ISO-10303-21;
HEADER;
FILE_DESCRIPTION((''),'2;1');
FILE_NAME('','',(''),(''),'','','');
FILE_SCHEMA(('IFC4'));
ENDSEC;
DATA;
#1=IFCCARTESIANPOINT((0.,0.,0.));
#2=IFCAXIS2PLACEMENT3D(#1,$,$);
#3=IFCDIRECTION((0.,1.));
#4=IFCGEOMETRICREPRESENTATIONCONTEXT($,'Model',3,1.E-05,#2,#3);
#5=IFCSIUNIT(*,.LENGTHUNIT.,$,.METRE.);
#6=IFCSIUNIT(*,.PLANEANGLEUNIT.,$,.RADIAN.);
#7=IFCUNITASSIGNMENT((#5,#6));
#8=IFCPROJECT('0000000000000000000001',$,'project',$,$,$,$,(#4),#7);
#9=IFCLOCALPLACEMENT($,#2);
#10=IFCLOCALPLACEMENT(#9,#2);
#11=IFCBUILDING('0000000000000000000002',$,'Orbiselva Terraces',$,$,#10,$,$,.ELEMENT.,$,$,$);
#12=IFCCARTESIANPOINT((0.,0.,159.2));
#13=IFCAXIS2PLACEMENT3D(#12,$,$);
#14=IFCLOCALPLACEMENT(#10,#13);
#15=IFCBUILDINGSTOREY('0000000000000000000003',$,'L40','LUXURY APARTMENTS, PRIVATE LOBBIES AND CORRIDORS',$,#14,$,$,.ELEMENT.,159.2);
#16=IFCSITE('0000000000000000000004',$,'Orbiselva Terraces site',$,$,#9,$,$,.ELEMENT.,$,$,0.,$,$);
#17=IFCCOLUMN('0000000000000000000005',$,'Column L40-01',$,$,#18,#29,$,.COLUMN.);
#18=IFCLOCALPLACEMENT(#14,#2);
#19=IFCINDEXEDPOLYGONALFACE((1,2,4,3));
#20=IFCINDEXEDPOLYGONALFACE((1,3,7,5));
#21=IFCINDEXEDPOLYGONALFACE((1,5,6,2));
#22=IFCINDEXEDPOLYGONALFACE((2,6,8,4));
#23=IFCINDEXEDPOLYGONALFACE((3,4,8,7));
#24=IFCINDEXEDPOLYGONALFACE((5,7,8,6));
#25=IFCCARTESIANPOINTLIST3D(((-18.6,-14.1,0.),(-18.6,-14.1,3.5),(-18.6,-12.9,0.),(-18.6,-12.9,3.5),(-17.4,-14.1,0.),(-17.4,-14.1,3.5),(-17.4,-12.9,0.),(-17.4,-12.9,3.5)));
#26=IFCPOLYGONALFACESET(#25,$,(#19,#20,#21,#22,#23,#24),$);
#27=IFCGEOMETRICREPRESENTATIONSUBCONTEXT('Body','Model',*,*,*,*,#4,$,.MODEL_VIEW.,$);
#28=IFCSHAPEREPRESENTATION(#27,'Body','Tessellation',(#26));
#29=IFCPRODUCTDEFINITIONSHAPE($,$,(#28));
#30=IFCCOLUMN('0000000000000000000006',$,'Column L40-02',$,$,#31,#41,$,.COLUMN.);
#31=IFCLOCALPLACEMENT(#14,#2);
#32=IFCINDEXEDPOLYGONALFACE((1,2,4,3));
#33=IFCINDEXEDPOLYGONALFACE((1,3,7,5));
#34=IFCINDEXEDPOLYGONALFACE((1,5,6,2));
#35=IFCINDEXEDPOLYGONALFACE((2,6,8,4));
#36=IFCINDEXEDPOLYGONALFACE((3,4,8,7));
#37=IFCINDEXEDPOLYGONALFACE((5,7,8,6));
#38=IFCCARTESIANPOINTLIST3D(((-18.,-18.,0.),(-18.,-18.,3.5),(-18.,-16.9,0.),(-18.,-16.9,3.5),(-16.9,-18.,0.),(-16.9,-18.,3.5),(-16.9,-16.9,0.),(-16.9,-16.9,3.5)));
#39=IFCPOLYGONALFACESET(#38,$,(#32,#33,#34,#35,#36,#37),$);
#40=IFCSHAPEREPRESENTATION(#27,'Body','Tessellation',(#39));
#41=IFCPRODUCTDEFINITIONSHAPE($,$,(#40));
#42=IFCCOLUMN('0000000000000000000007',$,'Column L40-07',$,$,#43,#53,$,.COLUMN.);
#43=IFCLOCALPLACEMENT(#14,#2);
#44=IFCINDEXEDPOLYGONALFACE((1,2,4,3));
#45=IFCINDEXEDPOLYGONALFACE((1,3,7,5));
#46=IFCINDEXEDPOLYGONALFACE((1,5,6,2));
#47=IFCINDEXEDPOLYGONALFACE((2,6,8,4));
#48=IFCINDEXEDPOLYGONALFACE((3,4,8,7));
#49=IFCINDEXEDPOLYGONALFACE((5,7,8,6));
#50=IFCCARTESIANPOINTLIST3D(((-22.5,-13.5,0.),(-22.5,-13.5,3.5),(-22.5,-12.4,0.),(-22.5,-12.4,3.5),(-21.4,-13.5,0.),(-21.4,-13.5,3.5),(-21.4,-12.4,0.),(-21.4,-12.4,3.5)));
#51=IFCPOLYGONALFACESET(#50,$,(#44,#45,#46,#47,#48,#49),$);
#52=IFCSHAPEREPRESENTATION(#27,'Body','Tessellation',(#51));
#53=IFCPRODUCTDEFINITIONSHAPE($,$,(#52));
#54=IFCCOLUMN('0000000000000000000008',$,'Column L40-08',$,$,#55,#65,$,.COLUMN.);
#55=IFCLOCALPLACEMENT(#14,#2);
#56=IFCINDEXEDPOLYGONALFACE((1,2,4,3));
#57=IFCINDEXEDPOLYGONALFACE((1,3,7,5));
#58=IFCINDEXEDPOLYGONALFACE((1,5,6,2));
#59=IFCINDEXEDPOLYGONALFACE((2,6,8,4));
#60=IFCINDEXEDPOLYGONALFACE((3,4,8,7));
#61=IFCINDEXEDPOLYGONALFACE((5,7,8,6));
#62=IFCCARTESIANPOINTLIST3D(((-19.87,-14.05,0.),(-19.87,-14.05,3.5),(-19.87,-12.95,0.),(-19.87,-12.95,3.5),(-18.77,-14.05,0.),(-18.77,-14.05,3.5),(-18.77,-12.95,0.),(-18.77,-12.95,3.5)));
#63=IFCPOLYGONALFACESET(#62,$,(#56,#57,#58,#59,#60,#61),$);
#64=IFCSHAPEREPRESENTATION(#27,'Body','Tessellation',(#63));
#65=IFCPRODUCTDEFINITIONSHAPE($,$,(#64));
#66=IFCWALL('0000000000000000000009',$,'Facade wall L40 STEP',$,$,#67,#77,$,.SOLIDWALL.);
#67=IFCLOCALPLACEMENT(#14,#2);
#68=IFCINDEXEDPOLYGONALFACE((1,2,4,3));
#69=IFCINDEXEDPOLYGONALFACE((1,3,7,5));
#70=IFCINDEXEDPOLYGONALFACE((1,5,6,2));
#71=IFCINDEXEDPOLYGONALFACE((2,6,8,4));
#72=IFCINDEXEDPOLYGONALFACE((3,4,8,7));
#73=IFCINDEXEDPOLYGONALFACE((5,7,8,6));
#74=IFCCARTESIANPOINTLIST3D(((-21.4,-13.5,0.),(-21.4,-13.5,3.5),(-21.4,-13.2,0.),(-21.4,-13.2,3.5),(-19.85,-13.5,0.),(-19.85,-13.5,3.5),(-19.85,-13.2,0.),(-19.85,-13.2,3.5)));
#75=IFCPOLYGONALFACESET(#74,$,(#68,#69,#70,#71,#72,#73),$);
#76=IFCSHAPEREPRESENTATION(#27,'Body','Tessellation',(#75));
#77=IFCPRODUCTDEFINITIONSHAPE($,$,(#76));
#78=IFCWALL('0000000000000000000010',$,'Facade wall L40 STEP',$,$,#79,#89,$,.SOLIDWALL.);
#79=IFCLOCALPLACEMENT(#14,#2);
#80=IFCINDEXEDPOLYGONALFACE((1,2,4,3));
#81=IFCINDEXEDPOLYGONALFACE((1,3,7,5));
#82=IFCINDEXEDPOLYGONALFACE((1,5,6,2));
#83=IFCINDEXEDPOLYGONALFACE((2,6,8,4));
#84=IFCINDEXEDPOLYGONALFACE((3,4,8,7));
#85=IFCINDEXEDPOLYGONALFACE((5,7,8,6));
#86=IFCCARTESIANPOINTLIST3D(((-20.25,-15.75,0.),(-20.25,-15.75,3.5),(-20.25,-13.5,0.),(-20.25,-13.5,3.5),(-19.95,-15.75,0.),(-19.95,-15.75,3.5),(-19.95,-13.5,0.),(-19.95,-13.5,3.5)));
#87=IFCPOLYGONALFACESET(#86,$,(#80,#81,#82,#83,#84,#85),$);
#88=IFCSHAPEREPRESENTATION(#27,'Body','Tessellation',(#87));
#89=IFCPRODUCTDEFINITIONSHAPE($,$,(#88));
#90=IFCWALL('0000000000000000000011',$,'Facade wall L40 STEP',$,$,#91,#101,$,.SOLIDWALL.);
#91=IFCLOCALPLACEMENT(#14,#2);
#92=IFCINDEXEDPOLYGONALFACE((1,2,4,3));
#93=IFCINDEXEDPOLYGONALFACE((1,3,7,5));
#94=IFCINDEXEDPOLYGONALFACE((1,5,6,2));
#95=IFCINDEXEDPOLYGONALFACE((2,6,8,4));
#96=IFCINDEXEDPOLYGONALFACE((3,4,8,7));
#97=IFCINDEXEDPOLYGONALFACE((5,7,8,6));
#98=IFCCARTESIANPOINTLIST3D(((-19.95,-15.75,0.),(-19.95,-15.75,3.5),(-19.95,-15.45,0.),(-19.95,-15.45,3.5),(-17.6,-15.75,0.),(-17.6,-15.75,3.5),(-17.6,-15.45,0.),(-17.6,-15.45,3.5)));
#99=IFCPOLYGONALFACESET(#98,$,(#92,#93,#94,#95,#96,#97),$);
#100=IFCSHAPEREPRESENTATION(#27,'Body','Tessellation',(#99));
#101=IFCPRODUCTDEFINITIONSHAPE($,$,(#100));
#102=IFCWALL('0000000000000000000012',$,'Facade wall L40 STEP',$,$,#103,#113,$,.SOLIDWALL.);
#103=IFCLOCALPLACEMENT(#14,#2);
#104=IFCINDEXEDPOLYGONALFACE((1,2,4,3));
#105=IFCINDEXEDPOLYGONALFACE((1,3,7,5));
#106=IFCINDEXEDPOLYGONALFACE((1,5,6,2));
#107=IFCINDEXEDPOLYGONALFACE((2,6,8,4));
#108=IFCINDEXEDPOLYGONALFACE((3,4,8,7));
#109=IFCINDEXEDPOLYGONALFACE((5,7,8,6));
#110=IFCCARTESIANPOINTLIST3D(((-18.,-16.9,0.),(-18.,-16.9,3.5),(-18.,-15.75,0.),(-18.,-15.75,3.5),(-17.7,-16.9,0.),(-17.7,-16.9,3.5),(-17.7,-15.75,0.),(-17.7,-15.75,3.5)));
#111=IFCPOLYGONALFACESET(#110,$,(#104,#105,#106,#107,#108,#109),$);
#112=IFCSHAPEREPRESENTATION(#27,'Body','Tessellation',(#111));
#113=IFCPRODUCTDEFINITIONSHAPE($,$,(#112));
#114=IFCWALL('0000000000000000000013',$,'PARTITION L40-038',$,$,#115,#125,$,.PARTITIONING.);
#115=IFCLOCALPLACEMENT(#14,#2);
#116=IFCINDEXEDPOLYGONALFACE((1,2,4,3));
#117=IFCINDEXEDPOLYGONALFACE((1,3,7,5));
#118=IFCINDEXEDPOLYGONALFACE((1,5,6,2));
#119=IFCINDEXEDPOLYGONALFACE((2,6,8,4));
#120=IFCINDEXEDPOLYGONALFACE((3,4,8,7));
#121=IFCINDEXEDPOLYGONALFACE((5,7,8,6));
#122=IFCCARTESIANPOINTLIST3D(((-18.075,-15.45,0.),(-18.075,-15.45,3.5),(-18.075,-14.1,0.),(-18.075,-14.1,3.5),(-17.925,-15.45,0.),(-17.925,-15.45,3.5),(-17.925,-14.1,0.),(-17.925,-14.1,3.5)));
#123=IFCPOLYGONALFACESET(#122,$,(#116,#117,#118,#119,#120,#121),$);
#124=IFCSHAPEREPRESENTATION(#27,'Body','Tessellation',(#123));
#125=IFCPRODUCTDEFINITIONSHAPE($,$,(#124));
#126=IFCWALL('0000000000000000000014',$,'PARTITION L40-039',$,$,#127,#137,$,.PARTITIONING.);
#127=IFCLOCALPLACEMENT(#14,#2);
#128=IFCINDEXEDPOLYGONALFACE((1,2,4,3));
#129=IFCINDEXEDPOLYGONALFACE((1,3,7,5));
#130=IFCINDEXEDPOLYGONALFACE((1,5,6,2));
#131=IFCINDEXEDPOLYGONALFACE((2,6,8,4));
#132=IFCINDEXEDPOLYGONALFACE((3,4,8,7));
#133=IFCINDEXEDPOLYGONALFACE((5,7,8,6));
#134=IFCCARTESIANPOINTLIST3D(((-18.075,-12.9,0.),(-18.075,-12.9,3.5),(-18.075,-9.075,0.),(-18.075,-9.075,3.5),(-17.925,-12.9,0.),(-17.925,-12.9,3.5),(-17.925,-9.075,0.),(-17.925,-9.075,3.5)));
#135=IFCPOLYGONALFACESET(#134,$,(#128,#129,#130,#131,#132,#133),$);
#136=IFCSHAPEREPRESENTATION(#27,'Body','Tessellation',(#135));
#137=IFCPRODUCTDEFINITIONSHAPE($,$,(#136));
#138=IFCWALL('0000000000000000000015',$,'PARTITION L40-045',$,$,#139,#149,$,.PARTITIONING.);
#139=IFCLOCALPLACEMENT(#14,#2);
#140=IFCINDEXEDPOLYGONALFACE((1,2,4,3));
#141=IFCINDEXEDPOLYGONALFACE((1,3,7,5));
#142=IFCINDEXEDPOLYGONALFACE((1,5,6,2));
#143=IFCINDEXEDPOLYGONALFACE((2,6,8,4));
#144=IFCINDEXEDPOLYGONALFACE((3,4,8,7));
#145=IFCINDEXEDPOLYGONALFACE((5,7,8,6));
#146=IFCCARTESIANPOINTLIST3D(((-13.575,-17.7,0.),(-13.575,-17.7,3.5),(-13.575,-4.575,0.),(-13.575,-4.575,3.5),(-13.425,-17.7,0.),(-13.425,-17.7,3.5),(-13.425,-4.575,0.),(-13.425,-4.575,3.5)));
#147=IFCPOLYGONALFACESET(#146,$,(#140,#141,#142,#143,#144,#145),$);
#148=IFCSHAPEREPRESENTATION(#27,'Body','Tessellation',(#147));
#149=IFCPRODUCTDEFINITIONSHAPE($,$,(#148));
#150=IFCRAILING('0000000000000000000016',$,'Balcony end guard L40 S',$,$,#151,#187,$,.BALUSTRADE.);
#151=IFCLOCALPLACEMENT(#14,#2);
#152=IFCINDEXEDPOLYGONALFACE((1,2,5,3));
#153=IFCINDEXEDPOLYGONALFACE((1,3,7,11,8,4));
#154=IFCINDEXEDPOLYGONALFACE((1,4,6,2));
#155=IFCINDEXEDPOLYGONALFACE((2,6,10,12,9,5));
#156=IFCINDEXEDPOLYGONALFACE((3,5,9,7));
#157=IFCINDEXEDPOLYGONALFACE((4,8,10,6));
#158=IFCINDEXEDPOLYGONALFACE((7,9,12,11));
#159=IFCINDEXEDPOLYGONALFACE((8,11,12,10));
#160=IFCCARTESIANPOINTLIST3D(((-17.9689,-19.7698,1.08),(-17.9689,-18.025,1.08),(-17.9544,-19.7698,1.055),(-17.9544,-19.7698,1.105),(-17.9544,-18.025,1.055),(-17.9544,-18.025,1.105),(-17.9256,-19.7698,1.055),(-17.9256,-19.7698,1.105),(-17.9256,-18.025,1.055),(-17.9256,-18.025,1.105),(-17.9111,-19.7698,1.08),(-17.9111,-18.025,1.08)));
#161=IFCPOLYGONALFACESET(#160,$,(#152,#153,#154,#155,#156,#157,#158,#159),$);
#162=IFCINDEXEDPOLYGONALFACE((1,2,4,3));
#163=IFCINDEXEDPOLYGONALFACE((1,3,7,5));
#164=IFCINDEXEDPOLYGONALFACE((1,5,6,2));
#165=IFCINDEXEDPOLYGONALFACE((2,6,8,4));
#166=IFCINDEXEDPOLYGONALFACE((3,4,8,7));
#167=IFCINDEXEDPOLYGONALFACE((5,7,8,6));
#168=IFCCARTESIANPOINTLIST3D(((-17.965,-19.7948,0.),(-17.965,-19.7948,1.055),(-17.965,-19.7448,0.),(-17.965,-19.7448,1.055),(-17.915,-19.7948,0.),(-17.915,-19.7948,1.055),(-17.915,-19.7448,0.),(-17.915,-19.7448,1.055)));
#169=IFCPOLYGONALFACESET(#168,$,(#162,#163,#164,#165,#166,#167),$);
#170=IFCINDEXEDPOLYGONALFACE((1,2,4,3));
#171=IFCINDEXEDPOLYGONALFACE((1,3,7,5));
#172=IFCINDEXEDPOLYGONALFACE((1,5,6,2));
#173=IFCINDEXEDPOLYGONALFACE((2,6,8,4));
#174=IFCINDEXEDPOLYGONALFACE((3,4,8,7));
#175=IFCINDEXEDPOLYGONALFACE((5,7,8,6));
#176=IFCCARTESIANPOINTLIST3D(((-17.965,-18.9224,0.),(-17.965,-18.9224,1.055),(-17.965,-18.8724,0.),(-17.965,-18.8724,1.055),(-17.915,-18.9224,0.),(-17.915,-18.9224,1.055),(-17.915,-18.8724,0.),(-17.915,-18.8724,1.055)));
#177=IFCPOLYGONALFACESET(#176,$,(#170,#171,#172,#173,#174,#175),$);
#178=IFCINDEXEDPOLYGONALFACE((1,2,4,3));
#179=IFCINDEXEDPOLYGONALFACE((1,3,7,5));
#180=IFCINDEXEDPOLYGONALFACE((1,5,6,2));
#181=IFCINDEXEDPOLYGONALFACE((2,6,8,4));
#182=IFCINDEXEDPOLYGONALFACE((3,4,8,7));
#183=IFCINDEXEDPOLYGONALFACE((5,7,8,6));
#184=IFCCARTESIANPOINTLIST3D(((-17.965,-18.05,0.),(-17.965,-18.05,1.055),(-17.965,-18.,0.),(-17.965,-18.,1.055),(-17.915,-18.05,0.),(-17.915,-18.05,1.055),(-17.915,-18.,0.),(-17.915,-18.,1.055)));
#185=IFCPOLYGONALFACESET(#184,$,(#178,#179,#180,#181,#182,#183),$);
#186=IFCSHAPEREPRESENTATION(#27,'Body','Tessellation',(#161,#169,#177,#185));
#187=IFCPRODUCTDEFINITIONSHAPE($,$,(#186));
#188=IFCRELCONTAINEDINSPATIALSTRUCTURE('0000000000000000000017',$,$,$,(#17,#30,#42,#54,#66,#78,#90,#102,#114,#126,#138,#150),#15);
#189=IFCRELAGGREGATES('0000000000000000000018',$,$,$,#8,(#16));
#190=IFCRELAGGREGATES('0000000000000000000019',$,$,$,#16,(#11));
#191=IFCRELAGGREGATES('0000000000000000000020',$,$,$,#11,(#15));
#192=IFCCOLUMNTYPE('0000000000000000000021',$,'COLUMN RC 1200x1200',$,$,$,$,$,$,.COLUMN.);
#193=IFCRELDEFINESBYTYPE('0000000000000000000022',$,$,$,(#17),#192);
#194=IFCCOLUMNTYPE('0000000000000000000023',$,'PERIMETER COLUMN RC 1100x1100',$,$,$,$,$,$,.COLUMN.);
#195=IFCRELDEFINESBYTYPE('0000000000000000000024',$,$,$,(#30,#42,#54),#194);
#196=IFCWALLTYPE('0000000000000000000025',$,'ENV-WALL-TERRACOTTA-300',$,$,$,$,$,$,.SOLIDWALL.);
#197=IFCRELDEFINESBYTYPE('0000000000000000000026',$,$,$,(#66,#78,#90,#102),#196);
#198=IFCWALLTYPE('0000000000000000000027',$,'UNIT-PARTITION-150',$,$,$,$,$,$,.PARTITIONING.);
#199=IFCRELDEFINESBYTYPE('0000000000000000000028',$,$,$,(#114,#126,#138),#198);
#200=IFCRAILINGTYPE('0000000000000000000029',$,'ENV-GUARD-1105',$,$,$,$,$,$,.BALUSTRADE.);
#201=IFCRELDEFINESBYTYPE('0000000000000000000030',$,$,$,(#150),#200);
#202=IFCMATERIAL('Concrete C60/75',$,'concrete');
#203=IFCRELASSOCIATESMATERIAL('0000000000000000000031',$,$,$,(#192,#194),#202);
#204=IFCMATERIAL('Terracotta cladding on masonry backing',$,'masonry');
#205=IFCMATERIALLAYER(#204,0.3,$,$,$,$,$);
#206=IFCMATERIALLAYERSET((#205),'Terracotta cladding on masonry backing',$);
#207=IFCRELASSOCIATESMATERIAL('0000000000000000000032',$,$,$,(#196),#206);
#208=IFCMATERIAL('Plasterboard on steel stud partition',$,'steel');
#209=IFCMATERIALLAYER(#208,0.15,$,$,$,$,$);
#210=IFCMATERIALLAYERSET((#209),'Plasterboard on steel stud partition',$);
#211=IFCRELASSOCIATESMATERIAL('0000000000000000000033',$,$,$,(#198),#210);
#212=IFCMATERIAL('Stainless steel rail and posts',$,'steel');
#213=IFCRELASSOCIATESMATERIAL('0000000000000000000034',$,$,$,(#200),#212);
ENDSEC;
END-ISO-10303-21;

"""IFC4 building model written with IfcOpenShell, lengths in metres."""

from ifc_helpers import new_model, si_unit, direction, frame, frame_2d, origin, origin_2d, place, context, subcontext, project, spatial, polyline, rectangle, outline, extrude, material, layer, layer_set, material_profile, profile_set, type_object, element, save


model = new_model("IFC4")

# Units and contexts
model_context = context("Model", 3, precision=1e-05, world=origin(), true_north=direction((0.0, 1.0)))
body_context = subcontext(model_context, "Body", "Model", "MODEL_VIEW")
ifc_project = project(units=[si_unit("LENGTHUNIT", "METRE"), si_unit("PLANEANGLEUNIT", "RADIAN")], contexts=[model_context])

# Site, building, storey
site_placement = place(None, origin())
site = spatial("IfcSite", under=ifc_project, at=site_placement, Name="Orbiselva Terraces site", CompositionType="ELEMENT", RefElevation=0.0)
building_placement = place(site_placement, origin())
building = spatial("IfcBuilding", under=site, at=building_placement, Name="Orbiselva Terraces", CompositionType="ELEMENT")
storey_placement = place(building_placement, frame((0.0, 0.0, 159.2)))
storey = spatial("IfcBuildingStorey", under=building, at=storey_placement, Name="L40", Description="LUXURY APARTMENTS, PRIVATE LOBBIES AND CORRIDORS", CompositionType="ELEMENT", Elevation=159.2)

# Columns
ifc_material_1 = material(Name="Concrete C60/75", Category="concrete")
ifc_material_profile_1 = material_profile(ifc_material_1, rectangle(XDim=1.2, YDim=1.2, at=origin_2d()), Name="RC 1200x1200")
ifc_profile_set_1 = profile_set([ifc_material_profile_1], Name="Concrete C60/75")
column_type_1 = type_object("IfcColumnType", Name="COLUMN RC 1200x1200", PredefinedType="COLUMN", material=ifc_profile_set_1)
column_placement = place(storey_placement, frame((-18.0, -13.5, 0.0), z_axis=(0.0, 0.0, 1.0), x_axis=(1.0, 0.0, 0.0)))
element("IfcColumn", 1, at=column_placement, inside=storey, type_object=column_type_1, Name="Column L40-01", PredefinedType="COLUMN", context=body_context, shape_type="SweptSolid", body=[
    extrude(rectangle(XDim=1.2, YDim=1.2, at=origin_2d()), origin(), (0.0, 0.0, 1.0), 3.5),
])
ifc_material_profile_2 = material_profile(ifc_material_1, rectangle(XDim=1.1, YDim=1.1, at=origin_2d()), Name="RC 1100x1100")
ifc_profile_set_2 = profile_set([ifc_material_profile_2], Name="Concrete C60/75")
column_type_2 = type_object("IfcColumnType", Name="PERIMETER COLUMN RC 1100x1100", PredefinedType="COLUMN", material=ifc_profile_set_2)
for number, where, z_axis, x_axis, name in (
    (2, (-17.45, -17.45, 0.0), (0.0, 0.0, 1.0), (1.0, 0.0, 0.0), "Column L40-02"),
    (3, (-21.95, -12.95, 0.0), (0.0, 0.0, 1.0), (1.0, 0.0, 0.0), "Column L40-07"),
    (4, (-19.32, -13.5, 0.0), (0.0, 0.0, 1.0), (1.0, 0.0, 0.0), "Column L40-08"),
):
    element("IfcColumn", number, at=place(storey_placement, frame(where, z_axis=z_axis, x_axis=x_axis)), inside=storey, type_object=column_type_2, Name=name, PredefinedType="COLUMN", context=body_context, shape_type="SweptSolid", body=[
        extrude(rectangle(XDim=1.1, YDim=1.1, at=origin_2d()), origin(), (0.0, 0.0, 1.0), 3.5),
    ])

# Walls
ifc_material_2 = material(Name="Terracotta cladding on masonry backing", Category="masonry")
ifc_layer_1 = layer(ifc_material_2, 0.3)
ifc_layer_set_1 = layer_set([ifc_layer_1], Name="Terracotta cladding on masonry backing")
wall_type_1 = type_object("IfcWallType", Name="ENV-WALL-TERRACOTTA-300", PredefinedType="SOLIDWALL", material=ifc_layer_set_1)
wall_1_placement = place(storey_placement, frame((-19.85, -13.35, 0.0), z_axis=(0.0, 0.0, 1.0), x_axis=(-1.0, 0.0, 0.0)))
element("IfcWall", 5, at=wall_1_placement, inside=storey, type_object=wall_type_1, Name="Facade wall L40 STEP", PredefinedType="SOLIDWALL", context=body_context, shape_type="SweptSolid", body=[
    extrude(rectangle(XDim=1.55, YDim=0.3, at=frame_2d((0.775, 0.0))), origin(), (0.0, 0.0, 1.0), 3.5),
])
wall_2_placement = place(storey_placement, frame((-20.1, -15.75, 0.0), z_axis=(0.0, 0.0, 1.0), x_axis=(0.0, 1.0, 0.0)))
element("IfcWall", 6, at=wall_2_placement, inside=storey, type_object=wall_type_1, Name="Facade wall L40 STEP", PredefinedType="SOLIDWALL", context=body_context, shape_type="SweptSolid", body=[
    extrude(rectangle(XDim=2.25, YDim=0.3, at=frame_2d((1.125, 0.0))), origin(), (0.0, 0.0, 1.0), 3.5),
])
wall_3_placement = place(storey_placement, frame((-17.6, -15.6, 0.0), z_axis=(0.0, 0.0, 1.0), x_axis=(-1.0, 0.0, 0.0)))
element("IfcWall", 7, at=wall_3_placement, inside=storey, type_object=wall_type_1, Name="Facade wall L40 STEP", PredefinedType="SOLIDWALL", context=body_context, shape_type="SweptSolid", body=[
    extrude(rectangle(XDim=2.35, YDim=0.3, at=frame_2d((1.175, 0.0))), origin(), (0.0, 0.0, 1.0), 3.5),
])
wall_4_placement = place(storey_placement, frame((-17.85, -16.9, 0.0), z_axis=(0.0, 0.0, 1.0), x_axis=(0.0, 1.0, 0.0)))
element("IfcWall", 8, at=wall_4_placement, inside=storey, type_object=wall_type_1, Name="Facade wall L40 STEP", PredefinedType="SOLIDWALL", context=body_context, shape_type="SweptSolid", body=[
    extrude(rectangle(XDim=1.15, YDim=0.3, at=frame_2d((0.575, 0.0))), origin(), (0.0, 0.0, 1.0), 3.5),
])
ifc_material_3 = material(Name="Plasterboard on steel stud partition", Category="steel")
ifc_layer_2 = layer(ifc_material_3, 0.15)
ifc_layer_set_2 = layer_set([ifc_layer_2], Name="Plasterboard on steel stud partition")
wall_type_2 = type_object("IfcWallType", Name="UNIT-PARTITION-150", PredefinedType="PARTITIONING", material=ifc_layer_set_2)
wall_5_placement = place(storey_placement, frame((-18.0, -15.45, 0.0), z_axis=(0.0, 0.0, 1.0), x_axis=(0.0, 1.0, 0.0)))
element("IfcWall", 9, at=wall_5_placement, inside=storey, type_object=wall_type_2, Name="PARTITION L40-038", PredefinedType="PARTITIONING", context=body_context, shape_type="SweptSolid", body=[
    extrude(rectangle(XDim=1.35, YDim=0.15, at=frame_2d((0.675, 0.0))), origin(), (0.0, 0.0, 1.0), 3.5),
])
wall_6_placement = place(storey_placement, frame((-18.0, -12.9, 0.0), z_axis=(0.0, 0.0, 1.0), x_axis=(0.0, 1.0, 0.0)))
element("IfcWall", 10, at=wall_6_placement, inside=storey, type_object=wall_type_2, Name="PARTITION L40-039", PredefinedType="PARTITIONING", context=body_context, shape_type="SweptSolid", body=[
    extrude(rectangle(XDim=3.825, YDim=0.15, at=frame_2d((1.9125, 0.0))), origin(), (0.0, 0.0, 1.0), 3.5),
])
wall_7_placement = place(storey_placement, frame((-13.5, -17.7, 0.0), z_axis=(0.0, 0.0, 1.0), x_axis=(0.0, 1.0, 0.0)))
element("IfcWall", 11, at=wall_7_placement, inside=storey, type_object=wall_type_2, Name="PARTITION L40-045", PredefinedType="PARTITIONING", context=body_context, shape_type="SweptSolid", body=[
    extrude(rectangle(XDim=13.125, YDim=0.15, at=frame_2d((6.5625, 0.0))), origin(), (0.0, 0.0, 1.0), 3.5),
])

# Railing
ifc_material_4 = material(Name="Stainless steel rail and posts", Category="steel")
railing_type_1 = type_object("IfcRailingType", Name="ENV-GUARD-1105", PredefinedType="BALUSTRADE", material=ifc_material_4)
railing_1_placement = place(storey_placement, frame((-17.94, -19.7698, 0.0)))
element("IfcRailing", 12, at=railing_1_placement, inside=storey, type_object=railing_type_1, Name="Balcony end guard L40 S", PredefinedType="BALUSTRADE", context=body_context, shape_type="SweptSolid", body=[
    extrude(outline(polyline([(0.0289, 0.0), (0.0144, 0.025), (-0.0144, 0.025), (-0.0289, 0.0), (-0.0144, -0.025), (0.0144, -0.025), (0.0289, 0.0)])), frame((0.0, 0.0, 1.08), z_axis=(0.0, 1.0, 0.0), x_axis=(-1.0, 0.0, 0.0)), (0.0, 0.0, 1.0), 1.7448),
    extrude(rectangle(XDim=0.05, YDim=0.05, at=origin_2d()), origin(), (0.0, 0.0, 1.0), 1.055),
    extrude(rectangle(XDim=0.05, YDim=0.05, at=origin_2d()), frame((0.0, 0.8724, 0.0)), (0.0, 0.0, 1.0), 1.055),
    extrude(rectangle(XDim=0.05, YDim=0.05, at=origin_2d()), frame((0.0, 1.7448, 0.0)), (0.0, 0.0, 1.0), 1.055),
])

save(model, "model.ifc")
